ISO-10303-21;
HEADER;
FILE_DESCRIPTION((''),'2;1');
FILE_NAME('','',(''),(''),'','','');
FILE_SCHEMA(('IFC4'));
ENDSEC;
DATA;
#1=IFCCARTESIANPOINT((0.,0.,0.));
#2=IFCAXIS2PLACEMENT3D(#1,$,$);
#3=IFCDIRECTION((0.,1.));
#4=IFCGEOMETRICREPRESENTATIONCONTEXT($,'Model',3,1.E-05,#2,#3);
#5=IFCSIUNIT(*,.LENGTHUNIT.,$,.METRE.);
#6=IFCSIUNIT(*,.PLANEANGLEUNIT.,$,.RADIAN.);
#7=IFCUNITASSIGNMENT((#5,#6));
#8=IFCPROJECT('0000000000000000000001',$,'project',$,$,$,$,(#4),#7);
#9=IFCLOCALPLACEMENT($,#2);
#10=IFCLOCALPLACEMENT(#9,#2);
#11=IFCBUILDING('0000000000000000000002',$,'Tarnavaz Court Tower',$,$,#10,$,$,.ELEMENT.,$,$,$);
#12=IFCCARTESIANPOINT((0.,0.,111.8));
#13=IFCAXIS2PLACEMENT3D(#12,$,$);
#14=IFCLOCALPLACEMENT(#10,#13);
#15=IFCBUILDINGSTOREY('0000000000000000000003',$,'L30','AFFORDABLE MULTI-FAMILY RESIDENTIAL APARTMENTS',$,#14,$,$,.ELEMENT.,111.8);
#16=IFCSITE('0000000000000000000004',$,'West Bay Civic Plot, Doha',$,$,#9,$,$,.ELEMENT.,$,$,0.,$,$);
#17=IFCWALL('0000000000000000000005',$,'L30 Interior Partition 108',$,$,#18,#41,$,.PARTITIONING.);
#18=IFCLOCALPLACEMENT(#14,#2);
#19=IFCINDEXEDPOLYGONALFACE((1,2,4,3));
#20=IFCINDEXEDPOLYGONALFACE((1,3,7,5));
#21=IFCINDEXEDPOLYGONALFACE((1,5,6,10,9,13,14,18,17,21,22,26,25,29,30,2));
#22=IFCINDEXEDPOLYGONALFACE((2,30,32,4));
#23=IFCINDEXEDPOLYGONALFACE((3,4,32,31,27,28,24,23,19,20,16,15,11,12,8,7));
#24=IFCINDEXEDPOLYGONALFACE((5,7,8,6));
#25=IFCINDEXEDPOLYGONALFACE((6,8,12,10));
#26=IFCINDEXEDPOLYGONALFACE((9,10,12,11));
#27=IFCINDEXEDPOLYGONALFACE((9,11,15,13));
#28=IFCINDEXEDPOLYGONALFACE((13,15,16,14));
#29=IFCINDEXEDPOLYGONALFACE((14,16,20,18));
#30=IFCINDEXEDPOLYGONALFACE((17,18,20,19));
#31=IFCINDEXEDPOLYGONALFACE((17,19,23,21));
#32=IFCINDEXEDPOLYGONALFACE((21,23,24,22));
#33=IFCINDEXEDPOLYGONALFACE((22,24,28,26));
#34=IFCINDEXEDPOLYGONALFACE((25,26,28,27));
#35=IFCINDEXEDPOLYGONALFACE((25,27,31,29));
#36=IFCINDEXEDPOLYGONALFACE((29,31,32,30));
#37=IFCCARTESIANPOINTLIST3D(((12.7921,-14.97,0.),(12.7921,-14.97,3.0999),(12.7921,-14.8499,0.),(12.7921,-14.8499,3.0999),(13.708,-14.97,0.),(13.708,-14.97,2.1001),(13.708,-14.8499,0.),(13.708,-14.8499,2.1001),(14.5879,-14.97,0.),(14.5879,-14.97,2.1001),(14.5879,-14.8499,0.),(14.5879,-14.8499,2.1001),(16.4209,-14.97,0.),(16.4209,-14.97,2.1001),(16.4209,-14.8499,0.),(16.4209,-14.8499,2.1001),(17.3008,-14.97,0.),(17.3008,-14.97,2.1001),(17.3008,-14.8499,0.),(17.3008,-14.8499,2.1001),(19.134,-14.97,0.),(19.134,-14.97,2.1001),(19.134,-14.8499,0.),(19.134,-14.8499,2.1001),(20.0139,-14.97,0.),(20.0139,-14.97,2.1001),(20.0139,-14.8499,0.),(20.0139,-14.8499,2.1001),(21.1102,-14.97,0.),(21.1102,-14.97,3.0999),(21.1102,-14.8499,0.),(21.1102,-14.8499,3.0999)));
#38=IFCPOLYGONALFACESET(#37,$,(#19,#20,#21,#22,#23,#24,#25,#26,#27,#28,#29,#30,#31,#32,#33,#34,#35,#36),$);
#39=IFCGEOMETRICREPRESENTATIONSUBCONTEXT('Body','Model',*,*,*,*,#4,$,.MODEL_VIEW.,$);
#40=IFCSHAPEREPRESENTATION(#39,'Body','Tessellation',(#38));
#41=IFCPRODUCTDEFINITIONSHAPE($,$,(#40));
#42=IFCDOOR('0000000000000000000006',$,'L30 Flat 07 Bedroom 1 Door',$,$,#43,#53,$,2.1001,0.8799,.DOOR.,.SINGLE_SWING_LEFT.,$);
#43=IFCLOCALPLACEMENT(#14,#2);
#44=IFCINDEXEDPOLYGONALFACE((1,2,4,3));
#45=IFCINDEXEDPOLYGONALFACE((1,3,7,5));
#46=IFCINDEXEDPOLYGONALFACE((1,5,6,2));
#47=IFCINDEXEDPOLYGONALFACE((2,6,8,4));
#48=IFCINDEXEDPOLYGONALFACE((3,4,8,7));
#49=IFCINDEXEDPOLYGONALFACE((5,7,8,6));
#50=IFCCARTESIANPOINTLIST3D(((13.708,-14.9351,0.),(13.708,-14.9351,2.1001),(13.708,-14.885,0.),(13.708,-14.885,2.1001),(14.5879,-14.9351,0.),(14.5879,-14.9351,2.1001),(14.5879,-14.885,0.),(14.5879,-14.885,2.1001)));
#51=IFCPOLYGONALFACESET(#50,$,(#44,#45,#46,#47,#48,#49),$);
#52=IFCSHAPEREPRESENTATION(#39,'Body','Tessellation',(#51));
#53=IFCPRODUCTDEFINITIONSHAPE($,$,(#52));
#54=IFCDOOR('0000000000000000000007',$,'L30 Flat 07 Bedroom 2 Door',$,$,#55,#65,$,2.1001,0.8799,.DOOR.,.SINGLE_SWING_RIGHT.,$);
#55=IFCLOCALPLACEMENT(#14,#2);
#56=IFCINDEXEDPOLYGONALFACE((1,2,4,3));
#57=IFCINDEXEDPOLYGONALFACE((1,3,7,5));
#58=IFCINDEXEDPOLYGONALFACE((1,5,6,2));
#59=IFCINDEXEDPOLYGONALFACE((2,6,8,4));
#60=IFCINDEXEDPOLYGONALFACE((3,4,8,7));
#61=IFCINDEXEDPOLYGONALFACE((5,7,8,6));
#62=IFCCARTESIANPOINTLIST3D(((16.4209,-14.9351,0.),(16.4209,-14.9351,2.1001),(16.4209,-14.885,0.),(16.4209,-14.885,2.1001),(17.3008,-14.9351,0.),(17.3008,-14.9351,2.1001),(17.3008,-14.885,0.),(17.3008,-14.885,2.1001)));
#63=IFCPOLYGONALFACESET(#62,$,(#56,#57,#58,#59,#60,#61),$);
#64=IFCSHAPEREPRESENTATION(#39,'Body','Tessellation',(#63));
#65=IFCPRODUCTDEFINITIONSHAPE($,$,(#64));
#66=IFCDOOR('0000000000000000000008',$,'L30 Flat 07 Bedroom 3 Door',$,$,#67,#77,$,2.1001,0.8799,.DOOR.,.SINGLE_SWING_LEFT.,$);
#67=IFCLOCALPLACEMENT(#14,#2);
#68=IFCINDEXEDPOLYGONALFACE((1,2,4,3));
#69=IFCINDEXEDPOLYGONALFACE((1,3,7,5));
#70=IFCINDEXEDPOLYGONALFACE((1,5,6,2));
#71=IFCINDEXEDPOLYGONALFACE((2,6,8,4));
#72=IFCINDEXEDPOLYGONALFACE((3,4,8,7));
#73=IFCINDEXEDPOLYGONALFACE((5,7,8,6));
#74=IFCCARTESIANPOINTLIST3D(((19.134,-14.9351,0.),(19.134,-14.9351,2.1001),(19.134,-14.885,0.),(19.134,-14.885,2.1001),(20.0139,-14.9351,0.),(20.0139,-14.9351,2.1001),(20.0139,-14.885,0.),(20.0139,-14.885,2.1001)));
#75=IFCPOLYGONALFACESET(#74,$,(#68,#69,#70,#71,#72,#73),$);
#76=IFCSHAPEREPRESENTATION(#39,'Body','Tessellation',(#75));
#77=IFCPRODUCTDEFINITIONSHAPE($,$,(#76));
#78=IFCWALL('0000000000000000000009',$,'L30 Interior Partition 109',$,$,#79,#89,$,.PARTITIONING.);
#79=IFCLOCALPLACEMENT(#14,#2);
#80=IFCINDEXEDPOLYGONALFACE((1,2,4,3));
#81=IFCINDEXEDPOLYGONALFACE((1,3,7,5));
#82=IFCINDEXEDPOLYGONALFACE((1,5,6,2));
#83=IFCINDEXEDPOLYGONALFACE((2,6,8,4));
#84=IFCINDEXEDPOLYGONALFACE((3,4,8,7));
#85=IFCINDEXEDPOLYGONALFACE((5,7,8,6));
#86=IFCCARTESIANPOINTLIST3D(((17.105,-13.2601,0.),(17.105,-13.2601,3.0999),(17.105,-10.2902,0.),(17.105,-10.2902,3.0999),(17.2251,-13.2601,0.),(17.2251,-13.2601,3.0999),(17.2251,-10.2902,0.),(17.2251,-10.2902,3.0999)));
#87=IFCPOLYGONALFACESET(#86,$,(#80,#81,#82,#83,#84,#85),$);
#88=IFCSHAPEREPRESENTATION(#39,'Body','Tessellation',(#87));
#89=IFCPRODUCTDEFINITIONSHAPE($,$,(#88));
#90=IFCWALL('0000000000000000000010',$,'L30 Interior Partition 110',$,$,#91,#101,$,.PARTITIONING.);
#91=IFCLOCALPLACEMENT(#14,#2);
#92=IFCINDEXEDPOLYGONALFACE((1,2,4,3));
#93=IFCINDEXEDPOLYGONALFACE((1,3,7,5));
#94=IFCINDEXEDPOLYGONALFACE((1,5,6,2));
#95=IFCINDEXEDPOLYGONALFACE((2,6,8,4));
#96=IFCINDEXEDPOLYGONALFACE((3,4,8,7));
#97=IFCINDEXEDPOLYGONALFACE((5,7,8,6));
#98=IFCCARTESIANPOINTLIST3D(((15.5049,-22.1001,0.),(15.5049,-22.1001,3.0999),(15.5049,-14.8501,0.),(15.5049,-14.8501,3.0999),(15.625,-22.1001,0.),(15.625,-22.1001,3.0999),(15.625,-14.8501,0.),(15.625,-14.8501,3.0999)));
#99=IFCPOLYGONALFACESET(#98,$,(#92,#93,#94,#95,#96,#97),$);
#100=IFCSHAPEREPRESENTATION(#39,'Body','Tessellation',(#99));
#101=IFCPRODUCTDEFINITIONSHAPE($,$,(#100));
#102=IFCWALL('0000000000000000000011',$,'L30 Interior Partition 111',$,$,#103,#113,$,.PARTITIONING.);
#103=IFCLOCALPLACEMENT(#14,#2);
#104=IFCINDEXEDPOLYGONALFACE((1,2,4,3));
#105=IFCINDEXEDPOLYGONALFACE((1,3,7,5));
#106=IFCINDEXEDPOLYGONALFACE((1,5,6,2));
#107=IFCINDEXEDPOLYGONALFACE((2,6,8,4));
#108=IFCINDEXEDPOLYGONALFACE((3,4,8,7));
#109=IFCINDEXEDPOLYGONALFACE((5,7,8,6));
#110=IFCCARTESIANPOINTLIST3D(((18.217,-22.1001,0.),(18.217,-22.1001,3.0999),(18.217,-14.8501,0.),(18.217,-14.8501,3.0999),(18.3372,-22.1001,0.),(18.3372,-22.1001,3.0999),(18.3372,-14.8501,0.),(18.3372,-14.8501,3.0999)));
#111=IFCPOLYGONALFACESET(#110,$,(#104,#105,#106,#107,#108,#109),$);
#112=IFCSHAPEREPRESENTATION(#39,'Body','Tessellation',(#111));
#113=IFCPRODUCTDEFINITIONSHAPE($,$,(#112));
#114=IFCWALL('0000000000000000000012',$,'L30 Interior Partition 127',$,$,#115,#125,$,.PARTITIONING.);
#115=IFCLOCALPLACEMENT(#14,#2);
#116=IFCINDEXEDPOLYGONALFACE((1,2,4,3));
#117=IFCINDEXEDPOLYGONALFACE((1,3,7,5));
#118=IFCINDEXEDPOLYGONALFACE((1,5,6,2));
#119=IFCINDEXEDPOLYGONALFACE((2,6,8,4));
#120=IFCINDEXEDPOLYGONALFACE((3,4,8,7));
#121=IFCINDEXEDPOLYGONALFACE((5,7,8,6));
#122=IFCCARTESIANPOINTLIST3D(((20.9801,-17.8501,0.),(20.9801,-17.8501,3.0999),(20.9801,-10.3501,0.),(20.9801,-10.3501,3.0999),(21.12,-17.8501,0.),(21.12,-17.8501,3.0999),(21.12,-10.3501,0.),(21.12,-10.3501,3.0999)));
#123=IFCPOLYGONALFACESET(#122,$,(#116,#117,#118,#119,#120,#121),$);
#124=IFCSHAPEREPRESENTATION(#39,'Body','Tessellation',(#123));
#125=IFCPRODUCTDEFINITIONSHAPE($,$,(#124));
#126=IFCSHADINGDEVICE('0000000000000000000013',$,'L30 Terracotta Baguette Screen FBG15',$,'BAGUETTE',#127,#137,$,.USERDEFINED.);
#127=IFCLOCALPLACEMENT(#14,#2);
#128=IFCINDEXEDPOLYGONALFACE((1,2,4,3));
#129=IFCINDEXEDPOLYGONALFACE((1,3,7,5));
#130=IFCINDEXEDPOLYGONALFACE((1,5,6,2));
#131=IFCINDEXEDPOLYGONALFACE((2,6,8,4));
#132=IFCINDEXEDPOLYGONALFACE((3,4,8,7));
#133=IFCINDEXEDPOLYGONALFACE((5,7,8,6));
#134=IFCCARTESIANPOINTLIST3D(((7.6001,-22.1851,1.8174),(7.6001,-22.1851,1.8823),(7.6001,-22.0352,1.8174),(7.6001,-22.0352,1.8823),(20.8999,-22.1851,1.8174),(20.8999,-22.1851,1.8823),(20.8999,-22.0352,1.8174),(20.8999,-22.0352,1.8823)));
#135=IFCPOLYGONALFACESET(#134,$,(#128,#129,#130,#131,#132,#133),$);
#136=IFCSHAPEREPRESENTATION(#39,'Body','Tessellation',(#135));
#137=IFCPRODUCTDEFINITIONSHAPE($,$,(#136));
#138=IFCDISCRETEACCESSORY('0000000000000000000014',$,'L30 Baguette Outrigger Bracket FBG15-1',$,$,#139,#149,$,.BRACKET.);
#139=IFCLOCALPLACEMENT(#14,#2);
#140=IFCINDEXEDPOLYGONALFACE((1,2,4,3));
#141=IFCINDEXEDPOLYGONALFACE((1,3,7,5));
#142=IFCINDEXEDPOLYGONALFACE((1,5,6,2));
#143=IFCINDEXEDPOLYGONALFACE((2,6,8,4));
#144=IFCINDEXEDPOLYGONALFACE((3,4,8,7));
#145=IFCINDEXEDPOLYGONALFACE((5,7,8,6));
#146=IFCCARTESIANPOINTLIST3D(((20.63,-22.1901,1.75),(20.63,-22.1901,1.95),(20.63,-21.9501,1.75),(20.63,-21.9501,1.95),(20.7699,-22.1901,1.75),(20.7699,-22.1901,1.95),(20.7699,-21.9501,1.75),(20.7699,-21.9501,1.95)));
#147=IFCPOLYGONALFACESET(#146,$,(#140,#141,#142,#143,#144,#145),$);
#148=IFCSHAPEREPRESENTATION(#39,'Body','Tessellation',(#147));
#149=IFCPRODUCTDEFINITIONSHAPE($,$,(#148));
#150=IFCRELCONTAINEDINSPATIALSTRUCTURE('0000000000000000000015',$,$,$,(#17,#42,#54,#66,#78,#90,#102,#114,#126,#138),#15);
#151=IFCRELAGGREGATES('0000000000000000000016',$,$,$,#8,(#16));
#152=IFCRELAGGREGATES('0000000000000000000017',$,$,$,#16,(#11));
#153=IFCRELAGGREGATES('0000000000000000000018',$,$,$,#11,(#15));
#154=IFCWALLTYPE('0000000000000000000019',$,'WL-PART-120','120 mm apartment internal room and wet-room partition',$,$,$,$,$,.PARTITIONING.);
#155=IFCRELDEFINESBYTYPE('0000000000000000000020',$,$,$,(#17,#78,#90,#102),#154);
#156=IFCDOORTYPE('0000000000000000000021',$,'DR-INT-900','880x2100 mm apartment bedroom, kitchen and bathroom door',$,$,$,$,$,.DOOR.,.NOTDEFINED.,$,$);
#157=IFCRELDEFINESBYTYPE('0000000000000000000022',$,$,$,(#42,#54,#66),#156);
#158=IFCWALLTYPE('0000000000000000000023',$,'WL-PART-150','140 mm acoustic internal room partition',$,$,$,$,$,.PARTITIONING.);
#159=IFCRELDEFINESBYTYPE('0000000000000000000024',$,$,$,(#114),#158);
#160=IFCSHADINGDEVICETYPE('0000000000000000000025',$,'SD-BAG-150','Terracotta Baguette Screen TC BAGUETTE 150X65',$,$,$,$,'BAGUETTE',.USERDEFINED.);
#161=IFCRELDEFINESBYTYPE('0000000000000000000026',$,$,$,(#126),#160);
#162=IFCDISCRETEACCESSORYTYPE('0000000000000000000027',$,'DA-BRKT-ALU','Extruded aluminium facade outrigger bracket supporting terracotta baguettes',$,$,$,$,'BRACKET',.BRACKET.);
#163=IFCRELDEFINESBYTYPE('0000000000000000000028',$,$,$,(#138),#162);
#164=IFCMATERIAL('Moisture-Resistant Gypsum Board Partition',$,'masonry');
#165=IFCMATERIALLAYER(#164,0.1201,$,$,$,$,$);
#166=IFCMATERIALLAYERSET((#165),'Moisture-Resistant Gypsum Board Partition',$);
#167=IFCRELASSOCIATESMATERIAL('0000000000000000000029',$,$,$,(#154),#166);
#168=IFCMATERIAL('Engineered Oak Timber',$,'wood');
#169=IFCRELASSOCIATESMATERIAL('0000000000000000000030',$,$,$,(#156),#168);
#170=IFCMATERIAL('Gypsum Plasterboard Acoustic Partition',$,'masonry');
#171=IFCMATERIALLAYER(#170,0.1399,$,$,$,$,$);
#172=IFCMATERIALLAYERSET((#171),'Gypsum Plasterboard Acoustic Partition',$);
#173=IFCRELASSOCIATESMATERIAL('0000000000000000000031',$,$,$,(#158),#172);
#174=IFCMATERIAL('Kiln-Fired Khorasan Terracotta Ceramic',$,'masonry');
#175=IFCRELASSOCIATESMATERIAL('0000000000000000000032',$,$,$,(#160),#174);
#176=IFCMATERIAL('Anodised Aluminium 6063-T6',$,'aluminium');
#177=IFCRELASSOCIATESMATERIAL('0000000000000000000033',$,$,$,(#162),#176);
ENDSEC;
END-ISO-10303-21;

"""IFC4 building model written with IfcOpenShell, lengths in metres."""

from ifc_helpers import new_model, si_unit, direction, frame, frame_2d, origin, origin_2d, place, context, subcontext, project, spatial, rectangle, extrude, material, layer, layer_set, material_profile, profile_set, type_object, element, fill, save


model = new_model("IFC4")

# Units and contexts
model_context = context("Model", 3, precision=1e-05, world=origin(), true_north=direction((0.0, 1.0)))
body_context = subcontext(model_context, "Body", "Model", "MODEL_VIEW")
ifc_project = project(units=[si_unit("LENGTHUNIT", "METRE"), si_unit("PLANEANGLEUNIT", "RADIAN")], contexts=[model_context])

# Site, building, storey
site_placement = place(None, origin())
site = spatial("IfcSite", under=ifc_project, at=site_placement, Name="West Bay Civic Plot, Doha", CompositionType="ELEMENT", RefElevation=0.0)
building_placement = place(site_placement, origin())
building = spatial("IfcBuilding", under=site, at=building_placement, Name="Tarnavaz Court Tower", CompositionType="ELEMENT")
storey_placement = place(building_placement, frame((0.0, 0.0, 111.8)))
storey = spatial("IfcBuildingStorey", under=building, at=storey_placement, Name="L30", Description="AFFORDABLE MULTI-FAMILY RESIDENTIAL APARTMENTS", CompositionType="ELEMENT", Elevation=111.8)

# Shared definitions
ifc_material_1 = material(Name="Moisture-Resistant Gypsum Board Partition", Category="masonry")
ifc_layer_1 = layer(ifc_material_1, 0.1201)
ifc_layer_set_1 = layer_set([ifc_layer_1], Name="Moisture-Resistant Gypsum Board Partition")
wall_type_1 = type_object("IfcWallType", Name="WL-PART-120", Description="120 mm apartment internal room and wet-room partition", PredefinedType="PARTITIONING", material=ifc_layer_set_1)
ifc_material_2 = material(Name="Engineered Oak Timber", Category="wood")
door_type_1 = type_object("IfcDoorType", Name="DR-INT-900", Description="880x2100 mm apartment bedroom, kitchen and bathroom door", OperationType="NOTDEFINED", PredefinedType="DOOR", material=ifc_material_2)

# Wall, openings, doors
wall_1_placement = place(storey_placement, frame((12.792, -14.9099, 0.0), z_axis=(0.0, 0.0, 1.0), x_axis=(1.0, 0.0, 0.0)))
wall_1 = element("IfcWall", 1, at=wall_1_placement, inside=storey, type_object=wall_type_1, Name="L30 Interior Partition 108", PredefinedType="PARTITIONING", context=body_context, shape_type="SweptSolid", body=[
    extrude(rectangle(XDim=8.3181, YDim=0.1201, at=frame_2d((4.1592, 0.0))), origin(), (0.0, 0.0, 1.0), 3.0999),
])
opening_1_placement = place(wall_1_placement, frame((0.916, 0.0, 0.0)))
opening_1 = element("IfcOpeningElement", 2, at=opening_1_placement, cuts=wall_1, PredefinedType="OPENING", context=body_context, shape_type="SweptSolid", body=[
    extrude(rectangle(XDim=0.8799, YDim=2.1001, at=frame_2d((0.4399, 1.05))), frame((0.0, 0.0701, 0.0), z_axis=(0.0, -1.0, 0.0), x_axis=(1.0, 0.0, 0.0)), (0.0, 0.0, 1.0), 0.1401),
])
opening_2_placement = place(wall_1_placement, frame((3.6289, 0.0, 0.0)))
opening_2 = element("IfcOpeningElement", 3, at=opening_2_placement, cuts=wall_1, PredefinedType="OPENING", context=body_context, shape_type="SweptSolid", body=[
    extrude(rectangle(XDim=0.8799, YDim=2.1001, at=frame_2d((0.4399, 1.05))), frame((0.0, 0.0701, 0.0), z_axis=(0.0, -1.0, 0.0), x_axis=(1.0, 0.0, 0.0)), (0.0, 0.0, 1.0), 0.1401),
])
opening_3_placement = place(wall_1_placement, frame((6.342, 0.0, 0.0)))
opening_3 = element("IfcOpeningElement", 4, at=opening_3_placement, cuts=wall_1, PredefinedType="OPENING", context=body_context, shape_type="SweptSolid", body=[
    extrude(rectangle(XDim=0.8799, YDim=2.1001, at=frame_2d((0.4399, 1.05))), frame((0.0, 0.0701, 0.0), z_axis=(0.0, -1.0, 0.0), x_axis=(1.0, 0.0, 0.0)), (0.0, 0.0, 1.0), 0.1401),
])
door_1_placement = place(opening_1_placement, origin())
door_1 = element("IfcDoor", 5, at=door_1_placement, inside=storey, type_object=door_type_1, Name="L30 Flat 07 Bedroom 1 Door", OperationType="SINGLE_SWING_LEFT", OverallHeight=2.1001, OverallWidth=0.8799, PredefinedType="DOOR", context=body_context, shape_type="SweptSolid", body=[
    extrude(rectangle(XDim=0.8799, YDim=2.1001, at=frame_2d((0.4399, 1.05))), frame((0.0, 0.0249, 0.0), z_axis=(0.0, -1.0, 0.0), x_axis=(1.0, 0.0, 0.0)), (0.0, 0.0, 1.0), 0.05),
])
fill(opening_1, door_1)
door_2_placement = place(opening_2_placement, origin())
door_2 = element("IfcDoor", 6, at=door_2_placement, inside=storey, type_object=door_type_1, Name="L30 Flat 07 Bedroom 2 Door", OperationType="SINGLE_SWING_RIGHT", OverallHeight=2.1001, OverallWidth=0.8799, PredefinedType="DOOR", context=body_context, shape_type="SweptSolid", body=[
    extrude(rectangle(XDim=0.8799, YDim=2.1001, at=frame_2d((0.4399, 1.05))), frame((0.0, 0.0249, 0.0), z_axis=(0.0, -1.0, 0.0), x_axis=(1.0, 0.0, 0.0)), (0.0, 0.0, 1.0), 0.05),
])
fill(opening_2, door_2)
door_3_placement = place(opening_3_placement, origin())
door_3 = element("IfcDoor", 7, at=door_3_placement, inside=storey, type_object=door_type_1, Name="L30 Flat 07 Bedroom 3 Door", OperationType="SINGLE_SWING_LEFT", OverallHeight=2.1001, OverallWidth=0.8799, PredefinedType="DOOR", context=body_context, shape_type="SweptSolid", body=[
    extrude(rectangle(XDim=0.8799, YDim=2.1001, at=frame_2d((0.4399, 1.05))), frame((0.0, 0.0249, 0.0), z_axis=(0.0, -1.0, 0.0), x_axis=(1.0, 0.0, 0.0)), (0.0, 0.0, 1.0), 0.05),
])
fill(opening_3, door_3)

# Walls
wall_2_placement = place(storey_placement, frame((17.165, -13.26, 0.0), z_axis=(0.0, 0.0, 1.0), x_axis=(0.0, 1.0, 0.0)))
element("IfcWall", 8, at=wall_2_placement, inside=storey, type_object=wall_type_1, Name="L30 Interior Partition 109", PredefinedType="PARTITIONING", context=body_context, shape_type="SweptSolid", body=[
    extrude(rectangle(XDim=2.97, YDim=0.1201, at=frame_2d((1.4849, 0.0))), origin(), (0.0, 0.0, 1.0), 3.0999),
])
for number, where, z_axis, x_axis, name in (
    (9, (15.5649, -22.1001, 0.0), (0.0, 0.0, 1.0), (0.0, 1.0, 0.0), "L30 Interior Partition 110"),
    (10, (18.2771, -22.1001, 0.0), (0.0, 0.0, 1.0), (0.0, 1.0, 0.0), "L30 Interior Partition 111"),
):
    element("IfcWall", number, at=place(storey_placement, frame(where, z_axis=z_axis, x_axis=x_axis)), inside=storey, type_object=wall_type_1, Name=name, PredefinedType="PARTITIONING", context=body_context, shape_type="SweptSolid", body=[
        extrude(rectangle(XDim=7.25, YDim=0.1201, at=frame_2d((3.625, 0.0))), origin(), (0.0, 0.0, 1.0), 3.0999),
    ])
ifc_material_3 = material(Name="Gypsum Plasterboard Acoustic Partition", Category="masonry")
ifc_layer_2 = layer(ifc_material_3, 0.1399)
ifc_layer_set_2 = layer_set([ifc_layer_2], Name="Gypsum Plasterboard Acoustic Partition")
wall_type_2 = type_object("IfcWallType", Name="WL-PART-150", Description="140 mm acoustic internal room partition", PredefinedType="PARTITIONING", material=ifc_layer_set_2)
wall_3_placement = place(storey_placement, frame((21.05, -17.8501, 0.0), z_axis=(0.0, 0.0, 1.0), x_axis=(0.0, 1.0, 0.0)))
element("IfcWall", 11, at=wall_3_placement, inside=storey, type_object=wall_type_2, Name="L30 Interior Partition 127", PredefinedType="PARTITIONING", context=body_context, shape_type="SweptSolid", body=[
    extrude(rectangle(XDim=7.5, YDim=0.1399, at=frame_2d((3.75, 0.0))), origin(), (0.0, 0.0, 1.0), 3.0999),
])

# Shading device
ifc_material_4 = material(Name="Kiln-Fired Khorasan Terracotta Ceramic", Category="masonry")
ifc_material_profile_1 = material_profile(ifc_material_4, rectangle(XDim=0.1499, YDim=0.0649, at=origin_2d()), Name="TC BAGUETTE 150X65")
ifc_profile_set_1 = profile_set([ifc_material_profile_1], Name="Kiln-Fired Khorasan Terracotta Ceramic")
shading_device_type = type_object("IfcShadingDeviceType", Name="SD-BAG-150", Description="Terracotta Baguette Screen TC BAGUETTE 150X65", ElementType="BAGUETTE", PredefinedType="USERDEFINED", material=ifc_profile_set_1)
shading_device_placement = place(storey_placement, frame((20.8999, -22.1101, 1.8499), z_axis=(-1.0, 0.0, 0.0), x_axis=(0.0, -1.0, 0.0)))
element("IfcShadingDevice", 12, at=shading_device_placement, inside=storey, type_object=shading_device_type, Name="L30 Terracotta Baguette Screen FBG15", ObjectType="BAGUETTE", PredefinedType="USERDEFINED", context=body_context, shape_type="SweptSolid", body=[
    extrude(rectangle(XDim=0.1499, YDim=0.0649, at=origin_2d()), origin(), (0.0, 0.0, 1.0), 13.2998),
])

# Discrete accessory
ifc_material_5 = material(Name="Anodised Aluminium 6063-T6", Category="aluminium")
discrete_accessory_type = type_object("IfcDiscreteAccessoryType", Name="DA-BRKT-ALU", Description="Extruded aluminium facade outrigger bracket supporting terracotta baguettes", ElementType="BRACKET", PredefinedType="BRACKET", material=ifc_material_5)
discrete_accessory_placement = place(storey_placement, frame((20.7, -22.0701, 1.75), z_axis=(0.0, 0.0, 1.0), x_axis=(-1.0, 0.0, 0.0)))
element("IfcDiscreteAccessory", 13, at=discrete_accessory_placement, inside=storey, type_object=discrete_accessory_type, Name="L30 Baguette Outrigger Bracket FBG15-1", PredefinedType="BRACKET", context=body_context, shape_type="SweptSolid", body=[
    extrude(rectangle(XDim=0.1399, YDim=0.24, at=origin_2d()), origin(), (0.0, 0.0, 1.0), 0.2),
])

save(model, "model.ifc")
